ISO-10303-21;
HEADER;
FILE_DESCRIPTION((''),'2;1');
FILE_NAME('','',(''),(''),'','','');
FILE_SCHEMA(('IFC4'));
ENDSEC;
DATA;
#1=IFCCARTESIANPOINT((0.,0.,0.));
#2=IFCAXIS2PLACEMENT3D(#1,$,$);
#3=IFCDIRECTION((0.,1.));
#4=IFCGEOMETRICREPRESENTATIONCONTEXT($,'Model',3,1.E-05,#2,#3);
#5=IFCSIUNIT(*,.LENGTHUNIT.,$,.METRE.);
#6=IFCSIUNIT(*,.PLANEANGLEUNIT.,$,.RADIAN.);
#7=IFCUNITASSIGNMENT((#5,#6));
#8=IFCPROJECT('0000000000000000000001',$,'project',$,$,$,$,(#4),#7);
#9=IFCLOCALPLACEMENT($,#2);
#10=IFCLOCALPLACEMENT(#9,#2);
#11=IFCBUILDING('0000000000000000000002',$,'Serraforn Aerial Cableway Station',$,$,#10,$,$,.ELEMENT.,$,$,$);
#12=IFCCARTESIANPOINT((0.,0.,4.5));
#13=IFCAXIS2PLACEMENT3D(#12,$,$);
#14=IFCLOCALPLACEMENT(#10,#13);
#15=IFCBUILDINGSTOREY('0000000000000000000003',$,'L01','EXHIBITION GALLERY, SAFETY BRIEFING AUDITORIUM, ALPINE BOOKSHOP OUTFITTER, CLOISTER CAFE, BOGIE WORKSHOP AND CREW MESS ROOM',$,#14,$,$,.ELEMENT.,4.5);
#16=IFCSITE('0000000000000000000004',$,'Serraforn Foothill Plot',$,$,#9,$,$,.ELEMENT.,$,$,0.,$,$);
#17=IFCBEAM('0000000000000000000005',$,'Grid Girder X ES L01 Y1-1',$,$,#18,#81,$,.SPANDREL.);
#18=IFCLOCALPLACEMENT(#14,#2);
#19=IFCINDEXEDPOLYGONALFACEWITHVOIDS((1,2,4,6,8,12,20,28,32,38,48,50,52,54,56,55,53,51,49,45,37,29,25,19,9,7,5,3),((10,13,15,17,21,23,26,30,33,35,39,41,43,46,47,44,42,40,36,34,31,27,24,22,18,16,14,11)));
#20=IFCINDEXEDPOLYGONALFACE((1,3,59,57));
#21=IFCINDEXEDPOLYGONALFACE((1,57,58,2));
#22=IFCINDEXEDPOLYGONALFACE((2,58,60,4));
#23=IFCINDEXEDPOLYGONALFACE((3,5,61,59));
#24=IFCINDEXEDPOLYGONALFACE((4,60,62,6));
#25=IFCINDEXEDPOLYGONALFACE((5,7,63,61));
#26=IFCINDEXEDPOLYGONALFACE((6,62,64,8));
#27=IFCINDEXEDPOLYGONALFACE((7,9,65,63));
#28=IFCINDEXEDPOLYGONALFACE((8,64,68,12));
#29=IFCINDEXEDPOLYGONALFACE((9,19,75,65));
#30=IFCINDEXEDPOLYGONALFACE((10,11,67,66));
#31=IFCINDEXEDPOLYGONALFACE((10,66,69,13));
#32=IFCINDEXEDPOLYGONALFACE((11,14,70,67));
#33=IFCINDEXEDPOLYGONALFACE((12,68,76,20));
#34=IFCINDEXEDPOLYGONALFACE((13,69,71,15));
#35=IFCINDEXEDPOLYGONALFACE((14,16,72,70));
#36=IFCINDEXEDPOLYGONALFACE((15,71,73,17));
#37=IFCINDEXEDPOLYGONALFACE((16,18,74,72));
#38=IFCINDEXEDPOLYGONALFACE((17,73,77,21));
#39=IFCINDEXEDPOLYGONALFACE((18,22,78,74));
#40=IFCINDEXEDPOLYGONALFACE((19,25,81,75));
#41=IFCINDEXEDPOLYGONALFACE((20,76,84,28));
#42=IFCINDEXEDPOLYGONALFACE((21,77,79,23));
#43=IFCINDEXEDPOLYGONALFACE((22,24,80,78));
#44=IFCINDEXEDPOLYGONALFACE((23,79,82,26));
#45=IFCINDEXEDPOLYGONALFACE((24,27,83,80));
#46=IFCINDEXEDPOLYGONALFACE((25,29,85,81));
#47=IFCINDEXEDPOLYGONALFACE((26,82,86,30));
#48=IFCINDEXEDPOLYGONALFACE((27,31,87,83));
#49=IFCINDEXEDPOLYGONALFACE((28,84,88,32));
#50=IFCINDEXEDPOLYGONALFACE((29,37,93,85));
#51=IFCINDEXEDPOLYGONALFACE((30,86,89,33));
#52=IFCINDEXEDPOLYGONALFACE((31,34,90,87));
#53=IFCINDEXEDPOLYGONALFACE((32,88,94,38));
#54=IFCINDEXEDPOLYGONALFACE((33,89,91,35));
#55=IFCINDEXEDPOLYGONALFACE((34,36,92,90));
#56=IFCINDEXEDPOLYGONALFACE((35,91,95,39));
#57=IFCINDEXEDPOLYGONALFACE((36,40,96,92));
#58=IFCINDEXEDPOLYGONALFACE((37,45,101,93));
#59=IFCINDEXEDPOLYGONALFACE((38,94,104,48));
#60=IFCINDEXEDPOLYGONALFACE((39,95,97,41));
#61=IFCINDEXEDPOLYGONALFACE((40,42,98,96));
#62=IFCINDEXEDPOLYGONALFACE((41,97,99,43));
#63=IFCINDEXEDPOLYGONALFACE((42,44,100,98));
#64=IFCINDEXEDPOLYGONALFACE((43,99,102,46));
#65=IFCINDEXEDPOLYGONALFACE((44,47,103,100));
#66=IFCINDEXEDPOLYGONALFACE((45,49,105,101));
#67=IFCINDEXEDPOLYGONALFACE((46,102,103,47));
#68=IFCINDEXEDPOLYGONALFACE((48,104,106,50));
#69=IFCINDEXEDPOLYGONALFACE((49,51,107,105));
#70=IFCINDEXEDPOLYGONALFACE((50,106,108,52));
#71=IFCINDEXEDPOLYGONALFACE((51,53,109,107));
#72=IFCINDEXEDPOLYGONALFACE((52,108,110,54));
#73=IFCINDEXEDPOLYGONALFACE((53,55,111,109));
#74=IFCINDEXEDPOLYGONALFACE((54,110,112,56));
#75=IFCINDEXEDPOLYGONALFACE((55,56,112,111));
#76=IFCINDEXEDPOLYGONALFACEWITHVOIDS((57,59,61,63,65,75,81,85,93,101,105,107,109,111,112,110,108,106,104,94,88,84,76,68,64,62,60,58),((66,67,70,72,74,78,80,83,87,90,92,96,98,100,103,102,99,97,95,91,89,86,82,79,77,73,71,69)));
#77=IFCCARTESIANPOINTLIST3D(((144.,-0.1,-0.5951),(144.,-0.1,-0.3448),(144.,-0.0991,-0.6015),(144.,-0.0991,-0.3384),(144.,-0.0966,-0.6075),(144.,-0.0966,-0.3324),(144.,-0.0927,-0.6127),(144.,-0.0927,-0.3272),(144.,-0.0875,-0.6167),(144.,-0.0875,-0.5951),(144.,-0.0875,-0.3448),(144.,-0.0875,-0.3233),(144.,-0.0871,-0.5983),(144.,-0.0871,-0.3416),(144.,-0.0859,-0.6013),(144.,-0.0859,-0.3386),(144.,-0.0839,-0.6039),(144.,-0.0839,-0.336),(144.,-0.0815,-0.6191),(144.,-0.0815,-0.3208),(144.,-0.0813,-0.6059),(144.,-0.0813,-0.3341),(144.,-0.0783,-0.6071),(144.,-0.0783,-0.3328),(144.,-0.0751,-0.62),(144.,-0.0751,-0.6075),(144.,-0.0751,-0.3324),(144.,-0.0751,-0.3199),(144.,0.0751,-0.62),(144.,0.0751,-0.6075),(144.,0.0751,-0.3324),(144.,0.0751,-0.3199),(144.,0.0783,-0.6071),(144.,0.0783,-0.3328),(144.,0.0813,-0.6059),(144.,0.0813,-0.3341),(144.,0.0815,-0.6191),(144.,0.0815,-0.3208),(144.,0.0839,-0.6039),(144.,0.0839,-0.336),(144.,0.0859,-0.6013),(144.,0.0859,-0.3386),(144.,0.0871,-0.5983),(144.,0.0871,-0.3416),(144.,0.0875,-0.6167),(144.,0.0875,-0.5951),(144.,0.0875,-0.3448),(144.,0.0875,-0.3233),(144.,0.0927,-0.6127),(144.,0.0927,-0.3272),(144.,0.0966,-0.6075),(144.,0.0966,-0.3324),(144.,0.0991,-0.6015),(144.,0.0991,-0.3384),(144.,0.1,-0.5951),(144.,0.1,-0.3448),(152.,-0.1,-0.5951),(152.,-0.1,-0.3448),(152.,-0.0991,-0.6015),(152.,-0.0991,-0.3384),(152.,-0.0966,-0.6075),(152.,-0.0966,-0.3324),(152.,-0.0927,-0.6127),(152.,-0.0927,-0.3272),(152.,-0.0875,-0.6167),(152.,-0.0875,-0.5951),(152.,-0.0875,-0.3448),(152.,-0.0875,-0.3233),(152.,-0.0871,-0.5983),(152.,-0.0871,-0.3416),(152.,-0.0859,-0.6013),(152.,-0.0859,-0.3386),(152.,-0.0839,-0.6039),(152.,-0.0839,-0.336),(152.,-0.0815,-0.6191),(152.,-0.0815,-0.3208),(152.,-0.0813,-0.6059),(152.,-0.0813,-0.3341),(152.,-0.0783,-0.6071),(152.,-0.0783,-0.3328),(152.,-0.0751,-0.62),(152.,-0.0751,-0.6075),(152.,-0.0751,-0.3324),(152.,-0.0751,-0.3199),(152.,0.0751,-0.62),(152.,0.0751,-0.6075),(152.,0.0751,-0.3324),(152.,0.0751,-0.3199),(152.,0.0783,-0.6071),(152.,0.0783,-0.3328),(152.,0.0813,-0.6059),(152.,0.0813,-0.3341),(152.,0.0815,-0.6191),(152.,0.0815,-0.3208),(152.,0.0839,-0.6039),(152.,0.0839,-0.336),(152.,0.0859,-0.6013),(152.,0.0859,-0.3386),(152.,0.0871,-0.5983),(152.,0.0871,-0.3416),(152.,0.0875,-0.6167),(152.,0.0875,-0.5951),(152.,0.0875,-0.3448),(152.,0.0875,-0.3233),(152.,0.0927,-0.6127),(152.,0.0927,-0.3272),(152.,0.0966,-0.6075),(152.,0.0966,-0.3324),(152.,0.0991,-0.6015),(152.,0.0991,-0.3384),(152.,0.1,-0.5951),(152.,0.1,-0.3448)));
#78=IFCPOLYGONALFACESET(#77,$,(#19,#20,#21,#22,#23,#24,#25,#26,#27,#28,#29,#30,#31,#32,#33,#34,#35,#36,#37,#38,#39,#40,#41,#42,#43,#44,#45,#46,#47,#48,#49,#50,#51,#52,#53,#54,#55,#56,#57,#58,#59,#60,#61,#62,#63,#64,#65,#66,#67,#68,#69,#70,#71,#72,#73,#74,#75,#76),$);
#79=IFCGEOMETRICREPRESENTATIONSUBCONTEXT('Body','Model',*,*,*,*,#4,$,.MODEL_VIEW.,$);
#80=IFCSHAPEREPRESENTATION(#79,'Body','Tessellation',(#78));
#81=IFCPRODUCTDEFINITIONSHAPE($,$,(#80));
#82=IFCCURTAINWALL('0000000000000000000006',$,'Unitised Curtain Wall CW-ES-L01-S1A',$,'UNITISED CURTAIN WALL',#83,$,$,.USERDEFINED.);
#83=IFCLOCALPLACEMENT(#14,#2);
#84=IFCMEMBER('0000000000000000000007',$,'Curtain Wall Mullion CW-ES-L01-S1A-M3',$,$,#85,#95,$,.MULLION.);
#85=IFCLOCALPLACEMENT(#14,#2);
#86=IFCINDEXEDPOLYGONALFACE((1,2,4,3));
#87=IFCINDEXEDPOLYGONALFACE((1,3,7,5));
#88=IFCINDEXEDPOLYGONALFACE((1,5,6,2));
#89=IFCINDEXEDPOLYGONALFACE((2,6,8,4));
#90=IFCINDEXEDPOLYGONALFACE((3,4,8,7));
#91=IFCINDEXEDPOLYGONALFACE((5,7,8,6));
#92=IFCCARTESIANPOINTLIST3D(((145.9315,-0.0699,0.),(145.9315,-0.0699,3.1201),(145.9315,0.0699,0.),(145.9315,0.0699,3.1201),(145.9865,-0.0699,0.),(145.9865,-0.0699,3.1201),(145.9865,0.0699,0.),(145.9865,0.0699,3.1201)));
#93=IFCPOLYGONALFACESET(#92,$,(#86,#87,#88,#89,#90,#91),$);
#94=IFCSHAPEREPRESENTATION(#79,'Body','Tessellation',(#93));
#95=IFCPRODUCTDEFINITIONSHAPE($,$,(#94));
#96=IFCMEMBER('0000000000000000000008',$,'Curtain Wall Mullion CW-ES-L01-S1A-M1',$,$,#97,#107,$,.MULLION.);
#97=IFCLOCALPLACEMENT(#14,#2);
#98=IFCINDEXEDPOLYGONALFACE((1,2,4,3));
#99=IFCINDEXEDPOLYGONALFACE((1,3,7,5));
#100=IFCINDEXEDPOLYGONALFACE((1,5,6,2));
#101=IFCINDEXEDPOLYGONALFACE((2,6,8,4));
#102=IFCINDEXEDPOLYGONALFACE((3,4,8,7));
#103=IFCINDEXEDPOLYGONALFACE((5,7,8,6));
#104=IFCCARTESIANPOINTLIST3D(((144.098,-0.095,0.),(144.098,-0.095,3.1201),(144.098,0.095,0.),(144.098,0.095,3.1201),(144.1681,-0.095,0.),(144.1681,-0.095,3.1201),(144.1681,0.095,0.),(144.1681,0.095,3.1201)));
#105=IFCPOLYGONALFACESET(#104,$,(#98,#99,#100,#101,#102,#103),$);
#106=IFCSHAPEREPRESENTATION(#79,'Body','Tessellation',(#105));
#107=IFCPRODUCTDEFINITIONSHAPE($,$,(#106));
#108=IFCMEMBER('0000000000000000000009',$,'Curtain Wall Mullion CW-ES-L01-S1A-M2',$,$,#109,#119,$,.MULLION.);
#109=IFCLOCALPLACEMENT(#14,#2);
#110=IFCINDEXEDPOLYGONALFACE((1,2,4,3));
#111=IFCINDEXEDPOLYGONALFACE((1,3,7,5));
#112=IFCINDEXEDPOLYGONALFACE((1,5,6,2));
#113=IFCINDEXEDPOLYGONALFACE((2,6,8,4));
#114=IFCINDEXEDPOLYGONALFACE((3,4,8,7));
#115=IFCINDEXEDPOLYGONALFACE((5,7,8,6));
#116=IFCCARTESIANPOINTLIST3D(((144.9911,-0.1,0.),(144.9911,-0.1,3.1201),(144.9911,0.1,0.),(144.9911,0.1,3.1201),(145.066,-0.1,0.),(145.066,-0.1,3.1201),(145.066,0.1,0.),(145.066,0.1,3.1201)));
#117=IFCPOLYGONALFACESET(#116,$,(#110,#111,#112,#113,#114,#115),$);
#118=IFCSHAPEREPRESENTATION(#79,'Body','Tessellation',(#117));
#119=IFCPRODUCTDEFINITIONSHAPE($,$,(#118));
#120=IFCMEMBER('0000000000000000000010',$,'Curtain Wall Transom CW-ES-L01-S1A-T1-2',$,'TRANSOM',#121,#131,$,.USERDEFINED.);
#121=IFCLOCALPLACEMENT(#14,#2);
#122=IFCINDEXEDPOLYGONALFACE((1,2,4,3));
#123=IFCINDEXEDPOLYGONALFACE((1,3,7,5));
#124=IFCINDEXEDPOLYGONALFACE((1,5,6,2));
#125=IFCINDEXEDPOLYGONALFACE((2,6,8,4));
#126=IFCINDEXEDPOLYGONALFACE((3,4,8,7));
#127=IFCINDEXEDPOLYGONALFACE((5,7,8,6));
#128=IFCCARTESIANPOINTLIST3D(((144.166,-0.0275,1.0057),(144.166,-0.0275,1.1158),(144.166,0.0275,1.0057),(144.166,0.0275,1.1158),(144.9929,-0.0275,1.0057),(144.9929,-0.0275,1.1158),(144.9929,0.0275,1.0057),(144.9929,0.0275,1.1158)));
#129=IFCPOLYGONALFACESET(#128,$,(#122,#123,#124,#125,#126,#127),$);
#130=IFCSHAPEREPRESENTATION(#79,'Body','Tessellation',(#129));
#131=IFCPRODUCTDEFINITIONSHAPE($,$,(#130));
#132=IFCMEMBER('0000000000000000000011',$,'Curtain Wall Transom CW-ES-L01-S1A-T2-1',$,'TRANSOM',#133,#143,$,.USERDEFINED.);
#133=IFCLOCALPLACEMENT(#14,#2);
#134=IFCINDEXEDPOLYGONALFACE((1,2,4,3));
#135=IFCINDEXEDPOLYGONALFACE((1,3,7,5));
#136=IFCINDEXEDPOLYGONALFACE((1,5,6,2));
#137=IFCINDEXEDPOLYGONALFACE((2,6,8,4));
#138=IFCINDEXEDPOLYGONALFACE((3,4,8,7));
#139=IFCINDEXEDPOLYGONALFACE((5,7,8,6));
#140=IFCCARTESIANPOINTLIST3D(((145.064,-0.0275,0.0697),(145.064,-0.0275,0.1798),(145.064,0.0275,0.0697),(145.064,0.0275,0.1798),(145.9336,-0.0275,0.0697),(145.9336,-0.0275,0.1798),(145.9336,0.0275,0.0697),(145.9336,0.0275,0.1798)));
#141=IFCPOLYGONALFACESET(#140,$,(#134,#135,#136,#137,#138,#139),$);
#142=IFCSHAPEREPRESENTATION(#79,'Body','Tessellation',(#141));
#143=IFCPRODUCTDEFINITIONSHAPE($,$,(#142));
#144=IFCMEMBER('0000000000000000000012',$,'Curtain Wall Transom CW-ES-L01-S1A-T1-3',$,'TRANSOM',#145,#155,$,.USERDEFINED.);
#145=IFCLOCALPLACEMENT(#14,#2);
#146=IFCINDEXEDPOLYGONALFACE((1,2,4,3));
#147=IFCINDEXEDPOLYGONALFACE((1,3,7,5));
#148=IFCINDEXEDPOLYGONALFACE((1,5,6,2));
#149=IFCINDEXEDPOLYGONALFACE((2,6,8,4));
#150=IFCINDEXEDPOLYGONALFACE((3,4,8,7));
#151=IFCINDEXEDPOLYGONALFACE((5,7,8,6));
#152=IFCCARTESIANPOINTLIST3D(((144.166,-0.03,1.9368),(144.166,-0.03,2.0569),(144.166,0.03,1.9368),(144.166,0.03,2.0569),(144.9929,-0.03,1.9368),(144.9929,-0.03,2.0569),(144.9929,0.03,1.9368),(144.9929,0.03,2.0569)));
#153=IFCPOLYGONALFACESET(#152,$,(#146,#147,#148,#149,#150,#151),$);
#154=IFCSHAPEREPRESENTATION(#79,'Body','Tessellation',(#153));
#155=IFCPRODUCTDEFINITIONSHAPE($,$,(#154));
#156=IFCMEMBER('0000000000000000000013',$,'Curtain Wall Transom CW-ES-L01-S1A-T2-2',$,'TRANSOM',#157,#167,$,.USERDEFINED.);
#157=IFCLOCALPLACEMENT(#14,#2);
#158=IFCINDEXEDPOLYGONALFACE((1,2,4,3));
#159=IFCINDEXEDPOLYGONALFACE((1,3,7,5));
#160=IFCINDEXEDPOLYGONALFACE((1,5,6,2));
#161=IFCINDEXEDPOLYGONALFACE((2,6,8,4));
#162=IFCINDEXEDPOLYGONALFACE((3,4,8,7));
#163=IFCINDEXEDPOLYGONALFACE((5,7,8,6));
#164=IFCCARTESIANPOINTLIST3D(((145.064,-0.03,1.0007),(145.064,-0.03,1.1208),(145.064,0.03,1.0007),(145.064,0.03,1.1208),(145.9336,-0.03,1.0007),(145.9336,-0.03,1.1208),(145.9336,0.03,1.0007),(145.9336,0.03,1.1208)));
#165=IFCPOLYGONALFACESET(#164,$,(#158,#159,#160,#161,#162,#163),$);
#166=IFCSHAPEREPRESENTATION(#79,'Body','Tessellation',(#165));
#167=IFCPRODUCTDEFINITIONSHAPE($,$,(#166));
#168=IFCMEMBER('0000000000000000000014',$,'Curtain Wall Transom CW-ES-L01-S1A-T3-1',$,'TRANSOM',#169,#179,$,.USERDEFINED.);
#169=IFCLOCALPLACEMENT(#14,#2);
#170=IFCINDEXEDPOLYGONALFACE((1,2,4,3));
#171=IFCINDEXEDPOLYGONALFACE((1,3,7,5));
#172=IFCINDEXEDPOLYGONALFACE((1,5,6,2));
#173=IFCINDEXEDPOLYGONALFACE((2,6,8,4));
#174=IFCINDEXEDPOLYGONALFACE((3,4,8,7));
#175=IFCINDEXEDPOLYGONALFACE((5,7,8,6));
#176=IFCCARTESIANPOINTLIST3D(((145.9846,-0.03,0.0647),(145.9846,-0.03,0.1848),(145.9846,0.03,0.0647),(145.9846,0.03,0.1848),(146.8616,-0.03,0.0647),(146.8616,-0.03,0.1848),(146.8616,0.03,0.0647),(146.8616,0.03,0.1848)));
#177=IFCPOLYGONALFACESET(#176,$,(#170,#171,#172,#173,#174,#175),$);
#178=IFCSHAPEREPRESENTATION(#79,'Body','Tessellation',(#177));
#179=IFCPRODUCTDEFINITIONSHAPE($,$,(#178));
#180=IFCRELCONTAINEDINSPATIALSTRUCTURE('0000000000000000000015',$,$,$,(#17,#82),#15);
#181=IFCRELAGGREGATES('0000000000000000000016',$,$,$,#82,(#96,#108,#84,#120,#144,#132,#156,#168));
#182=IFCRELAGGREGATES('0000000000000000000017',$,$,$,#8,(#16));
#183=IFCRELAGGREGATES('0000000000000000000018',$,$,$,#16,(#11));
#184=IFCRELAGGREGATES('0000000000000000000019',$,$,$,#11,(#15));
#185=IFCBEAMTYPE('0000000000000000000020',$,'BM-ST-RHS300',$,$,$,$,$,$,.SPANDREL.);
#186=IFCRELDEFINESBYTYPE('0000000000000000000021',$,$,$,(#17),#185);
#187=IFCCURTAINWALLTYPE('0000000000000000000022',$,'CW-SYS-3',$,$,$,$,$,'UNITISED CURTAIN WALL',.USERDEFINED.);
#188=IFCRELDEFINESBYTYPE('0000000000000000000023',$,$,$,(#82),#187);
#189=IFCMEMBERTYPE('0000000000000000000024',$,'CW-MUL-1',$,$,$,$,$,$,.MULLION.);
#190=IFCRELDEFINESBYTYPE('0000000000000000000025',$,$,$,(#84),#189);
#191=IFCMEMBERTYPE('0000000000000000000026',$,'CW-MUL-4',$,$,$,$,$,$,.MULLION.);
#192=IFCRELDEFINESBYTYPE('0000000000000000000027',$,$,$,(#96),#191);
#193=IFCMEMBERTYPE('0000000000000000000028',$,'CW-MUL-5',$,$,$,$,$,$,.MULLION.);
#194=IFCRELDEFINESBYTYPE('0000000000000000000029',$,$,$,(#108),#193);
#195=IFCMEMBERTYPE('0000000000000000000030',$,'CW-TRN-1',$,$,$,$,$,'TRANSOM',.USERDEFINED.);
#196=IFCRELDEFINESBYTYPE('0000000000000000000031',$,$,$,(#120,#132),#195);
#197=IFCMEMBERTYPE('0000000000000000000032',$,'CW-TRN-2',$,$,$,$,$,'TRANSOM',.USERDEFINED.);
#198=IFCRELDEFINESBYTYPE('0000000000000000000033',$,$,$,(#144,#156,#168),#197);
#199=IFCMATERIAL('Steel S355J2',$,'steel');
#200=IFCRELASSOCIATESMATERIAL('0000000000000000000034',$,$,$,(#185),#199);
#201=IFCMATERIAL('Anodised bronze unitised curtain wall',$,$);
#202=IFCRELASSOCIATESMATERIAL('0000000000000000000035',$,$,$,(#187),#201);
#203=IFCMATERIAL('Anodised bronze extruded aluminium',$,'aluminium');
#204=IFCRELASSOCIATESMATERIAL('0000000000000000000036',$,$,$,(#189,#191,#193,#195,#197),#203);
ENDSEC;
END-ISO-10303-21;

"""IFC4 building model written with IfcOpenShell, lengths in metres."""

from ifc_helpers import new_model, si_unit, direction, frame, origin, origin_2d, place, context, subcontext, project, spatial, rectangle, hollow_rectangle, extrude, material, material_profile, profile_set, type_object, element, aggregate, save


model = new_model("IFC4")

# Units and contexts
model_context = context("Model", 3, precision=1e-05, world=origin(), true_north=direction((0.0, 1.0)))
body_context = subcontext(model_context, "Body", "Model", "MODEL_VIEW")
ifc_project = project(units=[si_unit("LENGTHUNIT", "METRE"), si_unit("PLANEANGLEUNIT", "RADIAN")], contexts=[model_context])

# Site, building, storey
site_placement = place(None, origin())
site = spatial("IfcSite", under=ifc_project, at=site_placement, Name="Serraforn Foothill Plot", CompositionType="ELEMENT", RefElevation=0.0)
building_placement = place(site_placement, origin())
building = spatial("IfcBuilding", under=site, at=building_placement, Name="Serraforn Aerial Cableway Station", CompositionType="ELEMENT")
storey_placement = place(building_placement, frame((0.0, 0.0, 4.5)))
storey = spatial("IfcBuildingStorey", under=building, at=storey_placement, Name="L01", Description="EXHIBITION GALLERY, SAFETY BRIEFING AUDITORIUM, ALPINE BOOKSHOP OUTFITTER, CLOISTER CAFE, BOGIE WORKSHOP AND CREW MESS ROOM", CompositionType="ELEMENT", Elevation=4.5)

# Shared definitions
ifc_material_1 = material(Name="Steel S355J2", Category="steel")

# Beam
ifc_material_profile_1 = material_profile(ifc_material_1, hollow_rectangle(XDim=0.2, YDim=0.3, WallThickness=0.0125, InnerFilletRadius=0.0125, OuterFilletRadius=0.0249, at=origin_2d()), Name="RHS 300x200x12.5")
ifc_profile_set_1 = profile_set([ifc_material_profile_1], Name="Steel S355J2")
beam_type_1 = type_object("IfcBeamType", Name="BM-ST-RHS300", PredefinedType="SPANDREL", material=ifc_profile_set_1)
beam_1_placement = place(storey_placement, frame((144.0, 0.0, -0.47), z_axis=(1.0, 0.0, 0.0), x_axis=(0.0, 1.0, 0.0)))
element("IfcBeam", 1, at=beam_1_placement, inside=storey, type_object=beam_type_1, Name="Grid Girder X ES L01 Y1-1", PredefinedType="SPANDREL", context=body_context, shape_type="SweptSolid", body=[
    extrude(hollow_rectangle(XDim=0.2, YDim=0.3, WallThickness=0.0125, InnerFilletRadius=0.0125, OuterFilletRadius=0.0249, at=origin_2d()), origin(), (0.0, 0.0, 1.0), 8.0),
])

# Curtain wall, members
ifc_material_2 = material(Name="Anodised bronze unitised curtain wall")
curtain_wall_type = type_object("IfcCurtainWallType", Name="CW-SYS-3", ElementType="UNITISED CURTAIN WALL", PredefinedType="USERDEFINED", material=ifc_material_2)
curtain_wall_placement = place(storey_placement, origin())
curtain_wall = element("IfcCurtainWall", 2, at=curtain_wall_placement, inside=storey, type_object=curtain_wall_type, Name="Unitised Curtain Wall CW-ES-L01-S1A", ObjectType="UNITISED CURTAIN WALL", PredefinedType="USERDEFINED")
ifc_material_3 = material(Name="Anodised bronze extruded aluminium", Category="aluminium")
ifc_material_profile_2 = material_profile(ifc_material_3, rectangle(XDim=0.0549, YDim=0.1399, at=origin_2d()), Name="CW MULLION 55x140")
ifc_profile_set_2 = profile_set([ifc_material_profile_2], Name="Anodised bronze extruded aluminium")
member_type_1 = type_object("IfcMemberType", Name="CW-MUL-1", PredefinedType="MULLION", material=ifc_profile_set_2)
member_1_placement = place(storey_placement, frame((145.959, 0.0, 0.0), z_axis=(0.0, 0.0, 1.0), x_axis=(1.0, 0.0, 0.0)))
member_1 = element("IfcMember", 3, at=member_1_placement, type_object=member_type_1, Name="Curtain Wall Mullion CW-ES-L01-S1A-M3", PredefinedType="MULLION", context=body_context, shape_type="SweptSolid", body=[
    extrude(rectangle(XDim=0.0549, YDim=0.1399, at=origin_2d()), origin(), (0.0, 0.0, 1.0), 3.1201),
])
ifc_material_profile_3 = material_profile(ifc_material_3, rectangle(XDim=0.0701, YDim=0.1899, at=origin_2d()), Name="CW MULLION 70x190")
ifc_profile_set_3 = profile_set([ifc_material_profile_3], Name="Anodised bronze extruded aluminium")
member_type_2 = type_object("IfcMemberType", Name="CW-MUL-4", PredefinedType="MULLION", material=ifc_profile_set_3)
member_2_placement = place(storey_placement, frame((144.1331, 0.0, 0.0), z_axis=(0.0, 0.0, 1.0), x_axis=(1.0, 0.0, 0.0)))
member_2 = element("IfcMember", 4, at=member_2_placement, type_object=member_type_2, Name="Curtain Wall Mullion CW-ES-L01-S1A-M1", PredefinedType="MULLION", context=body_context, shape_type="SweptSolid", body=[
    extrude(rectangle(XDim=0.0701, YDim=0.1899, at=origin_2d()), origin(), (0.0, 0.0, 1.0), 3.1201),
])
ifc_material_profile_4 = material_profile(ifc_material_3, rectangle(XDim=0.075, YDim=0.2, at=origin_2d()), Name="CW MULLION 75x200")
ifc_profile_set_4 = profile_set([ifc_material_profile_4], Name="Anodised bronze extruded aluminium")
member_type_3 = type_object("IfcMemberType", Name="CW-MUL-5", PredefinedType="MULLION", material=ifc_profile_set_4)
member_3_placement = place(storey_placement, frame((145.0286, 0.0, 0.0), z_axis=(0.0, 0.0, 1.0), x_axis=(1.0, 0.0, 0.0)))
member_3 = element("IfcMember", 5, at=member_3_placement, type_object=member_type_3, Name="Curtain Wall Mullion CW-ES-L01-S1A-M2", PredefinedType="MULLION", context=body_context, shape_type="SweptSolid", body=[
    extrude(rectangle(XDim=0.075, YDim=0.2, at=origin_2d()), origin(), (0.0, 0.0, 1.0), 3.1201),
])
ifc_material_profile_5 = material_profile(ifc_material_3, rectangle(XDim=0.0549, YDim=0.1101, at=origin_2d()), Name="CW TRANSOM 55x110")
ifc_profile_set_5 = profile_set([ifc_material_profile_5], Name="Anodised bronze extruded aluminium")
member_type_4 = type_object("IfcMemberType", Name="CW-TRN-1", ElementType="TRANSOM", PredefinedType="USERDEFINED", material=ifc_profile_set_5)
member_4_placement = place(storey_placement, frame((144.166, 0.0, 1.0608), z_axis=(1.0, 0.0, 0.0), x_axis=(0.0, 1.0, 0.0)))
member_4 = element("IfcMember", 6, at=member_4_placement, type_object=member_type_4, Name="Curtain Wall Transom CW-ES-L01-S1A-T1-2", ObjectType="TRANSOM", PredefinedType="USERDEFINED", context=body_context, shape_type="SweptSolid", body=[
    extrude(rectangle(XDim=0.0549, YDim=0.1101, at=origin_2d()), origin(), (0.0, 0.0, 1.0), 0.8269),
])
member_5_placement = place(storey_placement, frame((145.064, 0.0, 0.1248), z_axis=(1.0, 0.0, 0.0), x_axis=(0.0, 1.0, 0.0)))
member_5 = element("IfcMember", 7, at=member_5_placement, type_object=member_type_4, Name="Curtain Wall Transom CW-ES-L01-S1A-T2-1", ObjectType="TRANSOM", PredefinedType="USERDEFINED", context=body_context, shape_type="SweptSolid", body=[
    extrude(rectangle(XDim=0.0549, YDim=0.1101, at=origin_2d()), origin(), (0.0, 0.0, 1.0), 0.8696),
])
ifc_material_profile_6 = material_profile(ifc_material_3, rectangle(XDim=0.0601, YDim=0.1201, at=origin_2d()), Name="CW TRANSOM 60x120")
ifc_profile_set_6 = profile_set([ifc_material_profile_6], Name="Anodised bronze extruded aluminium")
member_type_5 = type_object("IfcMemberType", Name="CW-TRN-2", ElementType="TRANSOM", PredefinedType="USERDEFINED", material=ifc_profile_set_6)
member_6_placement = place(storey_placement, frame((144.166, 0.0, 1.9968), z_axis=(1.0, 0.0, 0.0), x_axis=(0.0, 1.0, 0.0)))
member_6 = element("IfcMember", 8, at=member_6_placement, type_object=member_type_5, Name="Curtain Wall Transom CW-ES-L01-S1A-T1-3", ObjectType="TRANSOM", PredefinedType="USERDEFINED", context=body_context, shape_type="SweptSolid", body=[
    extrude(rectangle(XDim=0.0601, YDim=0.1201, at=origin_2d()), origin(), (0.0, 0.0, 1.0), 0.8269),
])
member_7_placement = place(storey_placement, frame((145.064, 0.0, 1.0608), z_axis=(1.0, 0.0, 0.0), x_axis=(0.0, 1.0, 0.0)))
member_7 = element("IfcMember", 9, at=member_7_placement, type_object=member_type_5, Name="Curtain Wall Transom CW-ES-L01-S1A-T2-2", ObjectType="TRANSOM", PredefinedType="USERDEFINED", context=body_context, shape_type="SweptSolid", body=[
    extrude(rectangle(XDim=0.0601, YDim=0.1201, at=origin_2d()), origin(), (0.0, 0.0, 1.0), 0.8696),
])
member_8_placement = place(storey_placement, frame((145.9846, 0.0, 0.1248), z_axis=(1.0, 0.0, 0.0), x_axis=(0.0, 1.0, 0.0)))
member_8 = element("IfcMember", 10, at=member_8_placement, type_object=member_type_5, Name="Curtain Wall Transom CW-ES-L01-S1A-T3-1", ObjectType="TRANSOM", PredefinedType="USERDEFINED", context=body_context, shape_type="SweptSolid", body=[
    extrude(rectangle(XDim=0.0601, YDim=0.1201, at=origin_2d()), origin(), (0.0, 0.0, 1.0), 0.877),
])
aggregate(curtain_wall, [member_2, member_3, member_1, member_4, member_6, member_5, member_7, member_8])

save(model, "model.ifc")
